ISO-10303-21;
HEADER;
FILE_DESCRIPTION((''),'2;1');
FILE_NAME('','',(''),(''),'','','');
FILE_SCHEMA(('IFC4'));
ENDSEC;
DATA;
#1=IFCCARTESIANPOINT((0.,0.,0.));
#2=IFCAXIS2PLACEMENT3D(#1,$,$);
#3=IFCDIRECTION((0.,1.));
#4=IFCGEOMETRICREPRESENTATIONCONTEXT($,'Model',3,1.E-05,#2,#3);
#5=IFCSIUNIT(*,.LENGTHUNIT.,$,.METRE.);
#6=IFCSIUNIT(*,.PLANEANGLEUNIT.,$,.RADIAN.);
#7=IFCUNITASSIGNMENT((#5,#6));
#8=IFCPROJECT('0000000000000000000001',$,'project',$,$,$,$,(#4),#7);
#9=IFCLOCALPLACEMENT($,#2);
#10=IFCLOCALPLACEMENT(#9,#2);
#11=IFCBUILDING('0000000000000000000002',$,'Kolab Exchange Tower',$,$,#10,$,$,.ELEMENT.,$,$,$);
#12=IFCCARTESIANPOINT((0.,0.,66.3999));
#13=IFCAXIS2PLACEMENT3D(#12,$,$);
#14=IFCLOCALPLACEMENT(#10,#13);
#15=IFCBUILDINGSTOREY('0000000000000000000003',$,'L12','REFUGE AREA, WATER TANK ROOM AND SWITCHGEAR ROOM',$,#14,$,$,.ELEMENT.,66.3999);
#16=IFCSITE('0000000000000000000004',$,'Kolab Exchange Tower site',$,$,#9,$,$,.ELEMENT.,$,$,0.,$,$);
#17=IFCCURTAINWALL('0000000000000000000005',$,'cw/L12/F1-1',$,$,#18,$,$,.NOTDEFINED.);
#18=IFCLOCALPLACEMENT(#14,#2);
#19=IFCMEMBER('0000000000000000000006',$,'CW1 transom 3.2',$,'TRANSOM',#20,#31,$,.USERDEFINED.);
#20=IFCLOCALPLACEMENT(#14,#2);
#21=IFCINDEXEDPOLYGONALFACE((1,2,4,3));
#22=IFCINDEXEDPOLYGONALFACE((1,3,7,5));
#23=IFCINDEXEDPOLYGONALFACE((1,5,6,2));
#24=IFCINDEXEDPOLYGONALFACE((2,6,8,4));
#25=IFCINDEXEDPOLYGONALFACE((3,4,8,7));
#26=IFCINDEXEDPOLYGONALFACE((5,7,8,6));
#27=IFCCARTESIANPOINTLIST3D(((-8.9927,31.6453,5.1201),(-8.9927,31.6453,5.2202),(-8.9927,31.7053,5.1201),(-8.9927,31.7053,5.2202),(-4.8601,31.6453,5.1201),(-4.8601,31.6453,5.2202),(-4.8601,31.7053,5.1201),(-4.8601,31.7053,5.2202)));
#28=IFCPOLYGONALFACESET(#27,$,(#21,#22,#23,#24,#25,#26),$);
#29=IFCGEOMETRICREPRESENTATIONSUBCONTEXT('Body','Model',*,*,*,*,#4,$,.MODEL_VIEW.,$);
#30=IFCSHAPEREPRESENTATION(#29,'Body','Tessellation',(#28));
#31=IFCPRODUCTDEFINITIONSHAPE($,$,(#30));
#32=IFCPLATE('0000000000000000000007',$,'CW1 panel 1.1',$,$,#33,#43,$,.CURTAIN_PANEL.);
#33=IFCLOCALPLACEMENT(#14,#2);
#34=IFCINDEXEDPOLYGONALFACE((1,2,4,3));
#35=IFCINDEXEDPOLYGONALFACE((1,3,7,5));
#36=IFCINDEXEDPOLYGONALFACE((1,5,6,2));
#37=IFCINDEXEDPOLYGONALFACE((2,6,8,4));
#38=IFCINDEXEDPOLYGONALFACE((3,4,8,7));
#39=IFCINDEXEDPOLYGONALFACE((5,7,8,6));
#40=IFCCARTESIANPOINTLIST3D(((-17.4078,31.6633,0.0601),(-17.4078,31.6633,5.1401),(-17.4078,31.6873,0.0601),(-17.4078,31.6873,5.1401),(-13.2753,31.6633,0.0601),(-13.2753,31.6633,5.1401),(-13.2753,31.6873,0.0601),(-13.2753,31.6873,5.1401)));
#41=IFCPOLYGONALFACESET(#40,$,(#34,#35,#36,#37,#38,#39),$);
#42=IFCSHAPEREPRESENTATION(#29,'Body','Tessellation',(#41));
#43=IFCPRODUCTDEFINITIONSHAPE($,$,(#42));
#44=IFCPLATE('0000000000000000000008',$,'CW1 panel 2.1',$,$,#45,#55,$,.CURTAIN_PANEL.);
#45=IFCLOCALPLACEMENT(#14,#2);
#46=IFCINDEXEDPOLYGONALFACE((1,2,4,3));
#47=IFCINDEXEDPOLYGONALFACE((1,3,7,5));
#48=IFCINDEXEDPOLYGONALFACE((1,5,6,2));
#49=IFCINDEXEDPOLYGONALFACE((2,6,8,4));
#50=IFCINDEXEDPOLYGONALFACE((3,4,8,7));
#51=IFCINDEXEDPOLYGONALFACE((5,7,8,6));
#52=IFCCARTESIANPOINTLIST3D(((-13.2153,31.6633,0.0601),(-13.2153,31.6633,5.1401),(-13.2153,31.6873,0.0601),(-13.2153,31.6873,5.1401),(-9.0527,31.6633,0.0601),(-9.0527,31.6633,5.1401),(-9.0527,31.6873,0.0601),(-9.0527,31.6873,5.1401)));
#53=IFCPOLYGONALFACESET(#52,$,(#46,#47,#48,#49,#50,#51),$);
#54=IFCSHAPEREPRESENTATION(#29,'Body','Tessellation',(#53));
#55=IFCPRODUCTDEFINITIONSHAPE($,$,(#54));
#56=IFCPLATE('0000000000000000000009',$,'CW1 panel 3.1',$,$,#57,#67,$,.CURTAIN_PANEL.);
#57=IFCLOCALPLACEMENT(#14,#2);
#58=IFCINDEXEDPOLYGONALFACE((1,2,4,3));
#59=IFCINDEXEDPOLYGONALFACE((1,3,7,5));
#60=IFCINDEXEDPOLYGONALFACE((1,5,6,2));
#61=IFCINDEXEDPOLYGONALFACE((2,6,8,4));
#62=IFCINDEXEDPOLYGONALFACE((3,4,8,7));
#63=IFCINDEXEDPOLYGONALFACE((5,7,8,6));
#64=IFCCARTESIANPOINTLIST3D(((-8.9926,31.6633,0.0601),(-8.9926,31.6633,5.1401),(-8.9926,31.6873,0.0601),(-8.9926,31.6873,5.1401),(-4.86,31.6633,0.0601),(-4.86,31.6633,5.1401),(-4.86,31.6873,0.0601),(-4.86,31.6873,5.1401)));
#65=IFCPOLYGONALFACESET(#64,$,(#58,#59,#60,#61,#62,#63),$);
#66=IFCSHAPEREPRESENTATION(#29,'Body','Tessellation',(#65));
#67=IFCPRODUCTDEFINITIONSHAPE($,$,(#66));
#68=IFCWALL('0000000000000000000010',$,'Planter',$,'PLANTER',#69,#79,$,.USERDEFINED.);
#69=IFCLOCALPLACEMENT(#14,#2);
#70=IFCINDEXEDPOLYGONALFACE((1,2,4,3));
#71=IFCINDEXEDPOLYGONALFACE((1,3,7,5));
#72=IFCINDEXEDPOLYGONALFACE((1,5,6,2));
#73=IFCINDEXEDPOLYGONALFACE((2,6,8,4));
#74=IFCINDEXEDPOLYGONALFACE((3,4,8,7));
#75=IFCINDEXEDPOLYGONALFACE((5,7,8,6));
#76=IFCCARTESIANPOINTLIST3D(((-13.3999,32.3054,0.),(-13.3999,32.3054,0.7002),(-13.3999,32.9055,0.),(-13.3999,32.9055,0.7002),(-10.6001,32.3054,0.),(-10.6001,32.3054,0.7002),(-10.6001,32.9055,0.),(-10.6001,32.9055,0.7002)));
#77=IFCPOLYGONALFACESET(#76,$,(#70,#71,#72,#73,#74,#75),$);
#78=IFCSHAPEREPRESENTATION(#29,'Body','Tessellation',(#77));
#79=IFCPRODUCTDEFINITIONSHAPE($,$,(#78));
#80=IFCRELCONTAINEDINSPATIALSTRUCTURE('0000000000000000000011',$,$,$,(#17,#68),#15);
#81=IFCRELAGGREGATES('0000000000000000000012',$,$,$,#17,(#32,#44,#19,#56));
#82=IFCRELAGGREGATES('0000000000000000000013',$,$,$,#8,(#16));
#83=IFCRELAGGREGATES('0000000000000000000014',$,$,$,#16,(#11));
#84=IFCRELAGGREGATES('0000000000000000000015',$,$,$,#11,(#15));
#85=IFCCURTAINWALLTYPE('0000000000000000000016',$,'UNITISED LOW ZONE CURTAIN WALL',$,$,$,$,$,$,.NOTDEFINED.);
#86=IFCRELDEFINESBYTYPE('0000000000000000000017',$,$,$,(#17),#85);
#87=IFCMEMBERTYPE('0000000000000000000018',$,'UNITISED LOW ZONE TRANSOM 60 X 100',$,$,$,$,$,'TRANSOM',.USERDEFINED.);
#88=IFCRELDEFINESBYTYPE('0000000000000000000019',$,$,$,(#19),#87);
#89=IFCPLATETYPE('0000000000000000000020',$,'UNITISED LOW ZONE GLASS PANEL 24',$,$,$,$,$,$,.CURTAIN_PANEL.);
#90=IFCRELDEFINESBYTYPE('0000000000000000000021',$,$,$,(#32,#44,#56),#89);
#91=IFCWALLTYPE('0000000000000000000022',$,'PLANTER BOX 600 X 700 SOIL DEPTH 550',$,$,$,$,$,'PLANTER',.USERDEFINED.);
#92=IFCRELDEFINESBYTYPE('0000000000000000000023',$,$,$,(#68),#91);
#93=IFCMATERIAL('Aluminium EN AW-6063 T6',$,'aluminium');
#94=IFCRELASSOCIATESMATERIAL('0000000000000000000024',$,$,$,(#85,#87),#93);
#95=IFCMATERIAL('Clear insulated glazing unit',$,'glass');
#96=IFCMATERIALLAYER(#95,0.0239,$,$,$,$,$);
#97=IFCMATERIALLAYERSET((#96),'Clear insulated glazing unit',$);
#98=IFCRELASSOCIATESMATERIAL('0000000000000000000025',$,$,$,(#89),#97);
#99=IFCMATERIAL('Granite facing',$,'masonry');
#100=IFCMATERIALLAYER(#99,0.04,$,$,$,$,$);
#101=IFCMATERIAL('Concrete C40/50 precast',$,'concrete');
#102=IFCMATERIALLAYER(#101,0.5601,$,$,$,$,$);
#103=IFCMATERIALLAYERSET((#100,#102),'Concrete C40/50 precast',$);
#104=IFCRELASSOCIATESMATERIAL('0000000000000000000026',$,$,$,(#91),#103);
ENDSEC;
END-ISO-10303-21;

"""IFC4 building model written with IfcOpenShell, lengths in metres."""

from ifc_helpers import new_model, si_unit, direction, frame, frame_2d, origin, origin_2d, place, context, subcontext, project, spatial, rectangle, extrude, material, layer, layer_set, material_profile, profile_set, type_object, element, aggregate, save


model = new_model("IFC4")

# Units and contexts
model_context = context("Model", 3, precision=1e-05, world=origin(), true_north=direction((0.0, 1.0)))
body_context = subcontext(model_context, "Body", "Model", "MODEL_VIEW")
ifc_project = project(units=[si_unit("LENGTHUNIT", "METRE"), si_unit("PLANEANGLEUNIT", "RADIAN")], contexts=[model_context])

# Site, building, storey
site_placement = place(None, origin())
site = spatial("IfcSite", under=ifc_project, at=site_placement, Name="Kolab Exchange Tower site", CompositionType="ELEMENT", RefElevation=0.0)
building_placement = place(site_placement, origin())
building = spatial("IfcBuilding", under=site, at=building_placement, Name="Kolab Exchange Tower", CompositionType="ELEMENT")
storey_placement = place(building_placement, frame((0.0, 0.0, 66.3999)))
storey = spatial("IfcBuildingStorey", under=building, at=storey_placement, Name="L12", Description="REFUGE AREA, WATER TANK ROOM AND SWITCHGEAR ROOM", CompositionType="ELEMENT", Elevation=66.3999)

# Curtain wall, member, plates
ifc_material_1 = material(Name="Aluminium EN AW-6063 T6", Category="aluminium")
curtain_wall_type = type_object("IfcCurtainWallType", Name="UNITISED LOW ZONE CURTAIN WALL", PredefinedType="NOTDEFINED", material=ifc_material_1)
curtain_wall_placement = place(storey_placement, origin())
curtain_wall = element("IfcCurtainWall", 1, at=curtain_wall_placement, inside=storey, type_object=curtain_wall_type, Name="cw/L12/F1-1", PredefinedType="NOTDEFINED")
ifc_material_profile_1 = material_profile(ifc_material_1, rectangle(XDim=0.0601, YDim=0.1001, at=origin_2d()), Name="RECT 60X100")
ifc_profile_set_1 = profile_set([ifc_material_profile_1], Name="Aluminium EN AW-6063 T6")
member_type_1 = type_object("IfcMemberType", Name="UNITISED LOW ZONE TRANSOM 60 X 100", ElementType="TRANSOM", PredefinedType="USERDEFINED", material=ifc_profile_set_1)
member_1_placement = place(storey_placement, frame((-8.9927, 31.6753, 5.1702), z_axis=(1.0, 0.0, 0.0), x_axis=(0.0, 1.0, 0.0)))
member_1 = element("IfcMember", 2, at=member_1_placement, type_object=member_type_1, Name="CW1 transom 3.2", ObjectType="TRANSOM", PredefinedType="USERDEFINED", context=body_context, shape_type="SweptSolid", body=[
    extrude(rectangle(XDim=0.0601, YDim=0.1001, at=origin_2d()), origin(), (0.0, 0.0, 1.0), 4.1326),
])
ifc_material_2 = material(Name="Clear insulated glazing unit", Category="glass")
ifc_layer_1 = layer(ifc_material_2, 0.0239)
ifc_layer_set_1 = layer_set([ifc_layer_1], Name="Clear insulated glazing unit")
plate_type = type_object("IfcPlateType", Name="UNITISED LOW ZONE GLASS PANEL 24", PredefinedType="CURTAIN_PANEL", material=ifc_layer_set_1)
plate_1_placement = place(storey_placement, frame((-15.3416, 31.6753, 0.0601), z_axis=(0.0, 0.0, 1.0), x_axis=(1.0, 0.0, 0.0)))
plate_1 = element("IfcPlate", 3, at=plate_1_placement, type_object=plate_type, Name="CW1 panel 1.1", PredefinedType="CURTAIN_PANEL", context=body_context, shape_type="SweptSolid", body=[
    extrude(rectangle(XDim=4.1326, YDim=0.0239, at=origin_2d()), origin(), (0.0, 0.0, 1.0), 5.0801),
])
plate_2_placement = place(storey_placement, frame((-11.134, 31.6753, 0.0601), z_axis=(0.0, 0.0, 1.0), x_axis=(1.0, 0.0, 0.0)))
plate_2 = element("IfcPlate", 4, at=plate_2_placement, type_object=plate_type, Name="CW1 panel 2.1", PredefinedType="CURTAIN_PANEL", context=body_context, shape_type="SweptSolid", body=[
    extrude(rectangle(XDim=4.1626, YDim=0.0239, at=origin_2d()), origin(), (0.0, 0.0, 1.0), 5.0801),
])
plate_3_placement = place(storey_placement, frame((-6.9263, 31.6753, 0.0601), z_axis=(0.0, 0.0, 1.0), x_axis=(1.0, 0.0, 0.0)))
plate_3 = element("IfcPlate", 5, at=plate_3_placement, type_object=plate_type, Name="CW1 panel 3.1", PredefinedType="CURTAIN_PANEL", context=body_context, shape_type="SweptSolid", body=[
    extrude(rectangle(XDim=4.1326, YDim=0.0239, at=origin_2d()), origin(), (0.0, 0.0, 1.0), 5.0801),
])
aggregate(curtain_wall, [plate_1, plate_2, member_1, plate_3])

# Wall
ifc_material_3 = material(Name="Granite facing", Category="masonry")
ifc_layer_2 = layer(ifc_material_3, 0.04)
ifc_material_4 = material(Name="Concrete C40/50 precast", Category="concrete")
ifc_layer_3 = layer(ifc_material_4, 0.5601)
ifc_layer_set_2 = layer_set([ifc_layer_2, ifc_layer_3], Name="Concrete C40/50 precast")
wall_type_1 = type_object("IfcWallType", Name="PLANTER BOX 600 X 700 SOIL DEPTH 550", ElementType="PLANTER", PredefinedType="USERDEFINED", material=ifc_layer_set_2)
wall_1_placement = place(storey_placement, frame((-13.3999, 32.6055, 0.0), z_axis=(0.0, 0.0, 1.0), x_axis=(1.0, 0.0, 0.0)))
element("IfcWall", 6, at=wall_1_placement, inside=storey, type_object=wall_type_1, Name="Planter", ObjectType="PLANTER", PredefinedType="USERDEFINED", context=body_context, shape_type="SweptSolid", body=[
    extrude(rectangle(XDim=2.7998, YDim=0.6001, at=frame_2d((1.3999, 0.0))), origin(), (0.0, 0.0, 1.0), 0.7002),
])

save(model, "model.ifc")
